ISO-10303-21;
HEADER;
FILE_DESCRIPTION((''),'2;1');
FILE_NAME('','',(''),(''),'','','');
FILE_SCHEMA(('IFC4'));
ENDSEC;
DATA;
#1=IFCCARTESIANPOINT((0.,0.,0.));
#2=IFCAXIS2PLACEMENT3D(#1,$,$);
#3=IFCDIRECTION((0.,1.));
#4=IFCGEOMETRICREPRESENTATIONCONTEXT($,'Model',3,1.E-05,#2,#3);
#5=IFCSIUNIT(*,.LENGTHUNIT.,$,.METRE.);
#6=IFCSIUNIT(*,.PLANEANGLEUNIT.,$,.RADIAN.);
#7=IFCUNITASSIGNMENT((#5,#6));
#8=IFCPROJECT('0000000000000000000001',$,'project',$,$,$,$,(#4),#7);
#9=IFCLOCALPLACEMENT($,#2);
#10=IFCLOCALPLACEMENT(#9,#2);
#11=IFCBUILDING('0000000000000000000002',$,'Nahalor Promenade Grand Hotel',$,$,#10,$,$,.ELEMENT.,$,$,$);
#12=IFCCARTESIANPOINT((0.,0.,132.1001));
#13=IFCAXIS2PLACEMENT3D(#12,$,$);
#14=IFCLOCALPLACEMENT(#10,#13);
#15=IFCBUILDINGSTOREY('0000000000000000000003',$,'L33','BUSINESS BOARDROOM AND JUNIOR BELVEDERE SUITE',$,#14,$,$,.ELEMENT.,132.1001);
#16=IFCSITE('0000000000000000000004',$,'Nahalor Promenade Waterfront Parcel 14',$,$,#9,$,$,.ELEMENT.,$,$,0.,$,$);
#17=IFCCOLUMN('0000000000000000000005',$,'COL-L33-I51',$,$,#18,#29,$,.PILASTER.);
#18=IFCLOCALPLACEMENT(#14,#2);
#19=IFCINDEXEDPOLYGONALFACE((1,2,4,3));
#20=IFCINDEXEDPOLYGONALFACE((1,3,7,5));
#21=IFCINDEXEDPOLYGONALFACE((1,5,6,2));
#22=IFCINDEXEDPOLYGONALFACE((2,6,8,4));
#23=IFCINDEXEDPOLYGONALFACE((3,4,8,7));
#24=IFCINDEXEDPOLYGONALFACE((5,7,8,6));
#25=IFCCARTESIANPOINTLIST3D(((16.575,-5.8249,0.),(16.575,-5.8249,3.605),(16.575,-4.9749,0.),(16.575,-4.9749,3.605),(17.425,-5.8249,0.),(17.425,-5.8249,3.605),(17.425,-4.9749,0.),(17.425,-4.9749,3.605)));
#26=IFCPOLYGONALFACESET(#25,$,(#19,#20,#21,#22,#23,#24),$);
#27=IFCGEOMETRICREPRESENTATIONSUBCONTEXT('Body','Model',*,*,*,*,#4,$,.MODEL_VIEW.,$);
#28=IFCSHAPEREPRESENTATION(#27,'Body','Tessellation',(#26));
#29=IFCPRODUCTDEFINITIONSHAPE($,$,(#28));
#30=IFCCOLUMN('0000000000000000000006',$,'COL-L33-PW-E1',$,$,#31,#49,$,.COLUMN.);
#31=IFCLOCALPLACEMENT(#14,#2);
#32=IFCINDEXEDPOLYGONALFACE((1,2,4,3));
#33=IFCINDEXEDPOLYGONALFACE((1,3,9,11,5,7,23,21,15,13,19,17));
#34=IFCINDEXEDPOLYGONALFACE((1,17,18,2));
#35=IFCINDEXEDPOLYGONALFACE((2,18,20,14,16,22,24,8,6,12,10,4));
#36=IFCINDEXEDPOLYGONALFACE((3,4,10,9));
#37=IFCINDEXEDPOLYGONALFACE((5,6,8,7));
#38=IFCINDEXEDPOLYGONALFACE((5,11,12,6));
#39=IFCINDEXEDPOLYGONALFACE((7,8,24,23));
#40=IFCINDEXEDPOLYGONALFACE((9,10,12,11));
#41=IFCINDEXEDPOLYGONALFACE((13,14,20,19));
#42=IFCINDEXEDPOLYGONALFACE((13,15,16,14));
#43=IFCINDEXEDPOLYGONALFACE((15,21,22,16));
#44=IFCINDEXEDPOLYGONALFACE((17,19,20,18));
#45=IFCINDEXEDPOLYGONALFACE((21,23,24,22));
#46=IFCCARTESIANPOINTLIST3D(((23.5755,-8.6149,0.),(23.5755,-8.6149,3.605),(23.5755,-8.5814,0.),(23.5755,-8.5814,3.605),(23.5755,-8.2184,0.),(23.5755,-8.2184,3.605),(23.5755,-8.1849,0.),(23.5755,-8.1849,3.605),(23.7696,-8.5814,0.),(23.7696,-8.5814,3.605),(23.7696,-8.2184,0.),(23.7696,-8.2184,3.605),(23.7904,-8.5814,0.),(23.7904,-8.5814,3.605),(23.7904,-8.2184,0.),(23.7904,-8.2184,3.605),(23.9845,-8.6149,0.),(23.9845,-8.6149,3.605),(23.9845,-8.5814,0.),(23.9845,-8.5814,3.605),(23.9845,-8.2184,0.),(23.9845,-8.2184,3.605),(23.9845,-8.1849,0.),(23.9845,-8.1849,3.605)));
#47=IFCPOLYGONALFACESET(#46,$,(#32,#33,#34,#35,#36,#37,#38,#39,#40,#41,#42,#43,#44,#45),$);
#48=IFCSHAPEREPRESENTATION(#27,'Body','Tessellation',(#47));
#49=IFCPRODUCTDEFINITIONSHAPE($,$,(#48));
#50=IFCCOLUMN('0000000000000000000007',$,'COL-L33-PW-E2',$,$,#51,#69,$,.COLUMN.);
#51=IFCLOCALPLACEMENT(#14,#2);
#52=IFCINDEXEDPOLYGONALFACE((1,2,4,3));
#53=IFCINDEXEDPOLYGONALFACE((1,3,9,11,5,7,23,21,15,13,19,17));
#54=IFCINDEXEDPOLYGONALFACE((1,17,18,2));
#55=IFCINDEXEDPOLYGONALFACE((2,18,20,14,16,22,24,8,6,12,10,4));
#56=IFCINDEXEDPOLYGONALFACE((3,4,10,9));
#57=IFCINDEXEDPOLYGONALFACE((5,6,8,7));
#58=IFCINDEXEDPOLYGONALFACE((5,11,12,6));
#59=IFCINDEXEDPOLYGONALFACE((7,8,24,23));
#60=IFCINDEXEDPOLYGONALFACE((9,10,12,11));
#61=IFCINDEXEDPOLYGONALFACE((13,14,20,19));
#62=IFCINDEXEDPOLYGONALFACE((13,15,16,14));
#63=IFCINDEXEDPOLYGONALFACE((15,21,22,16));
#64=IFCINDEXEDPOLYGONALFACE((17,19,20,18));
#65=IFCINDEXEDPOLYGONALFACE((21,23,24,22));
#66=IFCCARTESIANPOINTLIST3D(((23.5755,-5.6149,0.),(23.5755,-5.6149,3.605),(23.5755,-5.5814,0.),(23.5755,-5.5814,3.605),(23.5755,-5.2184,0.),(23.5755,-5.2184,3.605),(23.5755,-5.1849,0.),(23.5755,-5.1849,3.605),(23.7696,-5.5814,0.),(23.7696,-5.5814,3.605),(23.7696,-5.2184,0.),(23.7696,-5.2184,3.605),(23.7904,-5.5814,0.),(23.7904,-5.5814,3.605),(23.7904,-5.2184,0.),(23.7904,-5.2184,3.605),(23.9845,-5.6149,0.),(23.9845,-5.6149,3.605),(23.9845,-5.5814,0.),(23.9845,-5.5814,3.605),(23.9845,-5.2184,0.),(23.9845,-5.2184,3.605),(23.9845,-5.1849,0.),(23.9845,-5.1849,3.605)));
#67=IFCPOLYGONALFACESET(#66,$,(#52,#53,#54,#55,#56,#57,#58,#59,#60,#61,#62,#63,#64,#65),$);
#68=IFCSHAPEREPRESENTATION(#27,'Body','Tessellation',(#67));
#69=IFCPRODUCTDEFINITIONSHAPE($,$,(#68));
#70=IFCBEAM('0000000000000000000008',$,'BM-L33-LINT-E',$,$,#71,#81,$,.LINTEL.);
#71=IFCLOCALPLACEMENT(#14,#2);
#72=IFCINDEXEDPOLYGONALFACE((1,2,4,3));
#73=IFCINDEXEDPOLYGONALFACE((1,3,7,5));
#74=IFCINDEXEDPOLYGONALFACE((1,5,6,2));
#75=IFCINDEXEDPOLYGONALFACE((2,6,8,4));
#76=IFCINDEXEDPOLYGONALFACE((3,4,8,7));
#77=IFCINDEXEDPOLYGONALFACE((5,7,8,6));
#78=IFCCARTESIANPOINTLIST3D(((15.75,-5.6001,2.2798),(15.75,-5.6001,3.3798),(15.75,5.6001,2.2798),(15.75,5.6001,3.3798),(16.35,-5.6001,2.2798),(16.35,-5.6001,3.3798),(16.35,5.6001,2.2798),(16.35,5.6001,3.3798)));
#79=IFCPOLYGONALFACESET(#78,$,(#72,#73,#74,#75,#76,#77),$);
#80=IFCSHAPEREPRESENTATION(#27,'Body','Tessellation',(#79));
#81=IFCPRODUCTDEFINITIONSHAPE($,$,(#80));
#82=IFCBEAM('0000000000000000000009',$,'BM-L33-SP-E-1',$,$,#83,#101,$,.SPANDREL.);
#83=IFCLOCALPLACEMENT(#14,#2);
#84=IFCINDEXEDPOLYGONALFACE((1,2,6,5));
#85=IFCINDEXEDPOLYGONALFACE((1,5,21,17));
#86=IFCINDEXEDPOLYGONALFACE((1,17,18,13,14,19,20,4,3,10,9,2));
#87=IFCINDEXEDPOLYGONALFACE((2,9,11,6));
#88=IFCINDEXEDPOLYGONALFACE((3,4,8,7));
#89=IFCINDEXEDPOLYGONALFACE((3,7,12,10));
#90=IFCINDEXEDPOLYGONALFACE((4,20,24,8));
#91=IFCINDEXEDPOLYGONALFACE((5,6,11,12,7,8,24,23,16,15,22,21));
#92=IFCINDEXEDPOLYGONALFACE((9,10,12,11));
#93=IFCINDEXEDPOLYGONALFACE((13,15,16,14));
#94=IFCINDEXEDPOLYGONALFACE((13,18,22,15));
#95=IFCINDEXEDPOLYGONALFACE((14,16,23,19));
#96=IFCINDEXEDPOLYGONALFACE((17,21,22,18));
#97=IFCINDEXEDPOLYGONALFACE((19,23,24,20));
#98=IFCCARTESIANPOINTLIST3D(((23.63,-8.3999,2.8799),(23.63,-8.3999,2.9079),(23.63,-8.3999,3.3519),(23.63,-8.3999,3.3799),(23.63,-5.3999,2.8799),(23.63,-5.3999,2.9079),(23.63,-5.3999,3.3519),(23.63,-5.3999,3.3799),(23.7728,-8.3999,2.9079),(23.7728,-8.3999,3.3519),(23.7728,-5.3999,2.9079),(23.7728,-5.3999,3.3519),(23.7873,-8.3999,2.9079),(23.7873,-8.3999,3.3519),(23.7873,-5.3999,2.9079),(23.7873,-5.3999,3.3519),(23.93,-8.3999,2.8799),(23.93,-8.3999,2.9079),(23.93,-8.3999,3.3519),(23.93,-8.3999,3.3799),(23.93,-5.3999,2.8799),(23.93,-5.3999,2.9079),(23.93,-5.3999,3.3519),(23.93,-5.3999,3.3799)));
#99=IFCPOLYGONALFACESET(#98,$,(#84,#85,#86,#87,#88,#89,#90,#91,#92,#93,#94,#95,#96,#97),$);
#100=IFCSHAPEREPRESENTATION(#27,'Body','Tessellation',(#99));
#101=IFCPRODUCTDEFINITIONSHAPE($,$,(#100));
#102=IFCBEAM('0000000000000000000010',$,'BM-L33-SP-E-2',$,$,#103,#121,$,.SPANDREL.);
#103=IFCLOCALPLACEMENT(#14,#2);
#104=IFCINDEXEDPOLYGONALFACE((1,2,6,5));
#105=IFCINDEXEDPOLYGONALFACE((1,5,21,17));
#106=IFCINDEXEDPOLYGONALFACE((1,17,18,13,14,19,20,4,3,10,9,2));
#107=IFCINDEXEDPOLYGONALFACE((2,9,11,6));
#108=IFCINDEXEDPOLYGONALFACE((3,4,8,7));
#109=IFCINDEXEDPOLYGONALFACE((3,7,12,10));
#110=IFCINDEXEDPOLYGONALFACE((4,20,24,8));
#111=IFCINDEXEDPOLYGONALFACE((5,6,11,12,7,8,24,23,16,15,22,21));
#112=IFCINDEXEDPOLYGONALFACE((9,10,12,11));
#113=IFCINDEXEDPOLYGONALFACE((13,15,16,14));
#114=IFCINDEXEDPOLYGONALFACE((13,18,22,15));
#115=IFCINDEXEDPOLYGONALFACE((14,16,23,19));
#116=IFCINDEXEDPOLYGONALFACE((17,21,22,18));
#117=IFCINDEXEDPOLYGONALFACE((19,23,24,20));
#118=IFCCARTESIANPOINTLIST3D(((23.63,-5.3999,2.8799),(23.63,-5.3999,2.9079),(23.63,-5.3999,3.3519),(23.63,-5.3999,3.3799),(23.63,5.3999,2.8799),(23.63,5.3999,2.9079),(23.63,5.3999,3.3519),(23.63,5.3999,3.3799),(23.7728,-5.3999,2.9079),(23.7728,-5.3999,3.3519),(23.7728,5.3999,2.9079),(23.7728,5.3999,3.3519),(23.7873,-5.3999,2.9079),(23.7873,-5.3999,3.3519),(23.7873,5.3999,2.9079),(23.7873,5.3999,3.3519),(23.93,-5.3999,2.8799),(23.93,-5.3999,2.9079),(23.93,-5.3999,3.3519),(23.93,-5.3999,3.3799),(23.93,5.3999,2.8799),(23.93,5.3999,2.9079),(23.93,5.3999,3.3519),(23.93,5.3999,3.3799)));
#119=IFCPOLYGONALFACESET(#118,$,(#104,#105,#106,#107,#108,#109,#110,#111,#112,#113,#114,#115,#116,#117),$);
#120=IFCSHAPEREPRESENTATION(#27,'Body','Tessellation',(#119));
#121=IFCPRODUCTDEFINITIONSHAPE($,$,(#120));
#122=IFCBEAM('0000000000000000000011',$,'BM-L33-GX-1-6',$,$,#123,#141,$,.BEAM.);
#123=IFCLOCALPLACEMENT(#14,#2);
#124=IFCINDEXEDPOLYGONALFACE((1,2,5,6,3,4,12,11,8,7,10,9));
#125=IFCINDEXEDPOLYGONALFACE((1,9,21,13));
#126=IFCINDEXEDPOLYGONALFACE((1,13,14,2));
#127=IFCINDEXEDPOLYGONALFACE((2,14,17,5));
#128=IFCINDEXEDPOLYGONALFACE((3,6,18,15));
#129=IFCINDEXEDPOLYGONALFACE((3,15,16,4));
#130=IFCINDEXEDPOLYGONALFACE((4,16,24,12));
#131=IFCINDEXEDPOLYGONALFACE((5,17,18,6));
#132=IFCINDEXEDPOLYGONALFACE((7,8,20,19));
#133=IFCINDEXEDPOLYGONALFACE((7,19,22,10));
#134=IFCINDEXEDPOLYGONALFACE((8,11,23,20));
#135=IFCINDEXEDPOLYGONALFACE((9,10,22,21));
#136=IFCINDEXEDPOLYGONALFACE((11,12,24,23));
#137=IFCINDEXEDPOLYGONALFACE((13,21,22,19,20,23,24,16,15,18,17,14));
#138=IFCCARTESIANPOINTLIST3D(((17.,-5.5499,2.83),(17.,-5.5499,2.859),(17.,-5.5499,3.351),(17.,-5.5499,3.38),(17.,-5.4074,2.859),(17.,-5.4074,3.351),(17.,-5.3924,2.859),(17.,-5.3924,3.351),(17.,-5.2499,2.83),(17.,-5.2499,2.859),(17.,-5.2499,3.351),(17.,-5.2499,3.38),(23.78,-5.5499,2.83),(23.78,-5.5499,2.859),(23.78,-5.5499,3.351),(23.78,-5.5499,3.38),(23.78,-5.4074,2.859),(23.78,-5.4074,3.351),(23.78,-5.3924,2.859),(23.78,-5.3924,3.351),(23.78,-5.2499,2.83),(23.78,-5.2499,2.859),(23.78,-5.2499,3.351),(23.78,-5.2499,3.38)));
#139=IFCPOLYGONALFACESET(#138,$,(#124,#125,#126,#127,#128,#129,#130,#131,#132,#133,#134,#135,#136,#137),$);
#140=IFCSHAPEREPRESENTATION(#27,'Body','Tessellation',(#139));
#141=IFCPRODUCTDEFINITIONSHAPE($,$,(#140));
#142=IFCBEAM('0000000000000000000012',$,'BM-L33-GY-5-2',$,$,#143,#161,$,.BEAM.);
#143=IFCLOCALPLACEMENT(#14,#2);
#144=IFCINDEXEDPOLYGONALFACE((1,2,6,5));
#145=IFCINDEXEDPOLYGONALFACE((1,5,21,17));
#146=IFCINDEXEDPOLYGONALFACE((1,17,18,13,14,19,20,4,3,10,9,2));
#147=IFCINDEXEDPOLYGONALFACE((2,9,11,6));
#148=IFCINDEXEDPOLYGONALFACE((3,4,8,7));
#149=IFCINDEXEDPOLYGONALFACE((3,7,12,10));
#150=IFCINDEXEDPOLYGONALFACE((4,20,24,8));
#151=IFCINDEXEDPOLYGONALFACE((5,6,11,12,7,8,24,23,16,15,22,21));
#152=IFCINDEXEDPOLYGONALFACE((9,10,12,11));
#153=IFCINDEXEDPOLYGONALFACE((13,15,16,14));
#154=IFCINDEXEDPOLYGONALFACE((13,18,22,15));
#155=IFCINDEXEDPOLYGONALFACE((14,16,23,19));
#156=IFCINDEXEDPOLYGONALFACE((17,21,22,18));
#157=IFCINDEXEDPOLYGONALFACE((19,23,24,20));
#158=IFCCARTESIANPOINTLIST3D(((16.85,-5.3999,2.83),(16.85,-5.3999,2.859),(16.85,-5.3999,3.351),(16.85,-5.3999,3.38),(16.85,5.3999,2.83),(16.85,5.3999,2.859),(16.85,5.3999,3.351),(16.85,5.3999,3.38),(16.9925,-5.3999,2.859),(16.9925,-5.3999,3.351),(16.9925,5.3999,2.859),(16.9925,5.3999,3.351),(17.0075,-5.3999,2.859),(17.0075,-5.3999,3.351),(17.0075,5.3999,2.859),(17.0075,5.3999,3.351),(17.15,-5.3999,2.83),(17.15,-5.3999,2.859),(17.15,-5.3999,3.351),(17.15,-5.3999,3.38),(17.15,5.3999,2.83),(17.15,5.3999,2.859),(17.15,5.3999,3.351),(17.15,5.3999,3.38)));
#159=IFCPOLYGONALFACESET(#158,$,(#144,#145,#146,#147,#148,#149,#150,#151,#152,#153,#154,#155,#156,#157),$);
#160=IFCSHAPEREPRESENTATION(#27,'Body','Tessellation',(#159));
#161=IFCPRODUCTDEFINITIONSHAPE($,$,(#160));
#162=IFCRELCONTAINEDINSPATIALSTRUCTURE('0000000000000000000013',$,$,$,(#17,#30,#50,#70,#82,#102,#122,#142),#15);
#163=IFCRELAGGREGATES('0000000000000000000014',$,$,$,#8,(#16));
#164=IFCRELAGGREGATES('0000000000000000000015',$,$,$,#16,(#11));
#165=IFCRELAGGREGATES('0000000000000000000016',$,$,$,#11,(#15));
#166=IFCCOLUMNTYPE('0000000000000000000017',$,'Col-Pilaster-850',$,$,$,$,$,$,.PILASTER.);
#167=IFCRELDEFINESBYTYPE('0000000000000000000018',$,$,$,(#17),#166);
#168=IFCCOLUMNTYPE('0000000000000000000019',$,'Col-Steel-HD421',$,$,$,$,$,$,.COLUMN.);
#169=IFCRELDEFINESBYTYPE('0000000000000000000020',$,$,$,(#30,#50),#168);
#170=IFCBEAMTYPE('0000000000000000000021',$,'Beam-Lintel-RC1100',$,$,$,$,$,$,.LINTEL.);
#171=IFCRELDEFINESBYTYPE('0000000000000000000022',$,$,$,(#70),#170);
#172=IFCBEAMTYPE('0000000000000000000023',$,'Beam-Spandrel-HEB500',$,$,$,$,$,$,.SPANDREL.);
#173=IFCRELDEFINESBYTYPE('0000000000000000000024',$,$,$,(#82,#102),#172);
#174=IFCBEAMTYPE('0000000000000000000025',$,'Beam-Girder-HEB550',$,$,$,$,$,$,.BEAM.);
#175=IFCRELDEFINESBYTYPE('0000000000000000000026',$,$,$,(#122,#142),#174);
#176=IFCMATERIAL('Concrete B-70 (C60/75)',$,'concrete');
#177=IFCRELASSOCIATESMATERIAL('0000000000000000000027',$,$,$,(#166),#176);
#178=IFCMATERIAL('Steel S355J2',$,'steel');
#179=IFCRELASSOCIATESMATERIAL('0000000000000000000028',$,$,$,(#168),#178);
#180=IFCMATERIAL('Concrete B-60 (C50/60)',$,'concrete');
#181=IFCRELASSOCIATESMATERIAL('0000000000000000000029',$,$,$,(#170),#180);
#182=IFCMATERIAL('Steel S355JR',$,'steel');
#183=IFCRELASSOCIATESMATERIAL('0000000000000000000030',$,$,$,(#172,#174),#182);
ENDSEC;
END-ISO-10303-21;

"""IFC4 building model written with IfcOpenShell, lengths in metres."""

from ifc_helpers import new_model, si_unit, direction, frame, origin, origin_2d, place, context, subcontext, project, spatial, rectangle, i_section, extrude, source, transform, mapped, material, material_profile, profile_set, type_object, element, save


model = new_model("IFC4")

# Units and contexts
model_context = context("Model", 3, precision=1e-05, world=origin(), true_north=direction((0.0, 1.0)))
body_context = subcontext(model_context, "Body", "Model", "MODEL_VIEW")
ifc_project = project(units=[si_unit("LENGTHUNIT", "METRE"), si_unit("PLANEANGLEUNIT", "RADIAN")], contexts=[model_context])

# Site, building, storey
site_placement = place(None, origin())
site = spatial("IfcSite", under=ifc_project, at=site_placement, Name="Nahalor Promenade Waterfront Parcel 14", CompositionType="ELEMENT", RefElevation=0.0)
building_placement = place(site_placement, origin())
building = spatial("IfcBuilding", under=site, at=building_placement, Name="Nahalor Promenade Grand Hotel", CompositionType="ELEMENT")
storey_placement = place(building_placement, frame((0.0, 0.0, 132.1001)))
storey = spatial("IfcBuildingStorey", under=building, at=storey_placement, Name="L33", Description="BUSINESS BOARDROOM AND JUNIOR BELVEDERE SUITE", CompositionType="ELEMENT", Elevation=132.1001)

# Columns
ifc_material_1 = material(Name="Concrete B-70 (C60/75)", Category="concrete")
ifc_material_profile_1 = material_profile(ifc_material_1, rectangle(XDim=0.85, YDim=0.85, at=origin_2d()), Name="RC 850x850")
ifc_profile_set_1 = profile_set([ifc_material_profile_1], Name="Concrete B-70 (C60/75)")
column_type_1 = type_object("IfcColumnType", Name="Col-Pilaster-850", PredefinedType="PILASTER", material=ifc_profile_set_1)
shared_shape_1 = source(origin(), body_context, "Body", "SweptSolid", [
    extrude(rectangle(XDim=0.85, YDim=0.85, at=origin_2d()), origin(), (0.0, 0.0, 1.0), 3.605),
])
column_placement = place(storey_placement, frame((17.0, -5.3999, 0.0), z_axis=(0.0, 0.0, 1.0), x_axis=(1.0, 0.0, 0.0)))
element("IfcColumn", 1, at=column_placement, inside=storey, type_object=column_type_1, Name="COL-L33-I51", PredefinedType="PILASTER", context=body_context, shape_type="MappedRepresentation", body=[
    mapped(shared_shape_1, transform((0.0, 0.0, 0.0), scale=1.0)),
])
ifc_material_2 = material(Name="Steel S355J2", Category="steel")
ifc_material_profile_2 = material_profile(ifc_material_2, i_section(OverallWidth=0.409, OverallDepth=0.43, WebThickness=0.0208, FlangeThickness=0.0335, at=origin_2d()), Name="HD 400x421")
ifc_profile_set_2 = profile_set([ifc_material_profile_2], Name="Steel S355J2")
column_type_2 = type_object("IfcColumnType", Name="Col-Steel-HD421", PredefinedType="COLUMN", material=ifc_profile_set_2)
shared_shape_2 = source(origin(), body_context, "Body", "SweptSolid", [
    extrude(i_section(OverallWidth=0.409, OverallDepth=0.43, WebThickness=0.0208, FlangeThickness=0.0335, at=origin_2d()), origin(), (0.0, 0.0, 1.0), 3.605),
])
for number, where, z_axis, x_axis, name in (
    (2, (23.78, -8.3999, 0.0), (0.0, 0.0, 1.0), (1.0, 0.0, 0.0), "COL-L33-PW-E1"),
    (3, (23.78, -5.3999, 0.0), (0.0, 0.0, 1.0), (1.0, 0.0, 0.0), "COL-L33-PW-E2"),
):
    element("IfcColumn", number, at=place(storey_placement, frame(where, z_axis=z_axis, x_axis=x_axis)), inside=storey, type_object=column_type_2, Name=name, PredefinedType="COLUMN", context=body_context, shape_type="MappedRepresentation", body=[
        mapped(shared_shape_2, transform((0.0, 0.0, 0.0), scale=1.0)),
    ])

# Beams
ifc_material_3 = material(Name="Concrete B-60 (C50/60)", Category="concrete")
ifc_material_profile_3 = material_profile(ifc_material_3, rectangle(XDim=0.6, YDim=1.1, at=origin_2d()), Name="RC 600x1100")
ifc_profile_set_3 = profile_set([ifc_material_profile_3], Name="Concrete B-60 (C50/60)")
beam_type_1 = type_object("IfcBeamType", Name="Beam-Lintel-RC1100", PredefinedType="LINTEL", material=ifc_profile_set_3)
shared_shape_3 = source(origin(), body_context, "Body", "SweptSolid", [
    extrude(rectangle(XDim=0.6, YDim=1.1, at=origin_2d()), origin(), (0.0, 0.0, 1.0), 11.2002),
])
beam_1_placement = place(storey_placement, frame((16.05, -5.6001, 2.8298), z_axis=(0.0, 1.0, 0.0), x_axis=(-1.0, 0.0, 0.0)))
element("IfcBeam", 4, at=beam_1_placement, inside=storey, type_object=beam_type_1, Name="BM-L33-LINT-E", PredefinedType="LINTEL", context=body_context, shape_type="MappedRepresentation", body=[
    mapped(shared_shape_3, transform((0.0, 0.0, 0.0), scale=1.0)),
])
ifc_material_4 = material(Name="Steel S355JR", Category="steel")
ifc_material_profile_4 = material_profile(ifc_material_4, i_section(OverallWidth=0.3, OverallDepth=0.5, WebThickness=0.0145, FlangeThickness=0.028, at=origin_2d()), Name="HEB 500")
ifc_profile_set_4 = profile_set([ifc_material_profile_4], Name="Steel S355JR")
beam_type_2 = type_object("IfcBeamType", Name="Beam-Spandrel-HEB500", PredefinedType="SPANDREL", material=ifc_profile_set_4)
shared_shape_4 = source(origin(), body_context, "Body", "SweptSolid", [
    extrude(i_section(OverallWidth=0.3, OverallDepth=0.5, WebThickness=0.0145, FlangeThickness=0.028, at=origin_2d()), origin(), (0.0, 0.0, 1.0), 3.0),
])
beam_2_placement = place(storey_placement, frame((23.78, -8.3999, 3.1299), z_axis=(0.0, 1.0, 0.0), x_axis=(-1.0, 0.0, 0.0)))
element("IfcBeam", 5, at=beam_2_placement, inside=storey, type_object=beam_type_2, Name="BM-L33-SP-E-1", PredefinedType="SPANDREL", context=body_context, shape_type="MappedRepresentation", body=[
    mapped(shared_shape_4, transform((0.0, 0.0, 0.0), scale=1.0)),
])
shared_shape_5 = source(origin(), body_context, "Body", "SweptSolid", [
    extrude(i_section(OverallWidth=0.3, OverallDepth=0.5, WebThickness=0.0145, FlangeThickness=0.028, at=origin_2d()), origin(), (0.0, 0.0, 1.0), 10.7998),
])
beam_3_placement = place(storey_placement, frame((23.78, -5.3999, 3.1299), z_axis=(0.0, 1.0, 0.0), x_axis=(-1.0, 0.0, 0.0)))
element("IfcBeam", 6, at=beam_3_placement, inside=storey, type_object=beam_type_2, Name="BM-L33-SP-E-2", PredefinedType="SPANDREL", context=body_context, shape_type="MappedRepresentation", body=[
    mapped(shared_shape_5, transform((0.0, 0.0, 0.0), scale=1.0)),
])
ifc_material_profile_5 = material_profile(ifc_material_4, i_section(OverallWidth=0.3, OverallDepth=0.55, WebThickness=0.015, FlangeThickness=0.029, at=origin_2d()), Name="HEB 550")
ifc_profile_set_5 = profile_set([ifc_material_profile_5], Name="Steel S355JR")
beam_type_3 = type_object("IfcBeamType", Name="Beam-Girder-HEB550", PredefinedType="BEAM", material=ifc_profile_set_5)
shared_shape_6 = source(origin(), body_context, "Body", "SweptSolid", [
    extrude(i_section(OverallWidth=0.3, OverallDepth=0.55, WebThickness=0.015, FlangeThickness=0.029, at=origin_2d()), origin(), (0.0, 0.0, 1.0), 6.78),
])
beam_4_placement = place(storey_placement, frame((17.0, -5.3999, 3.105), z_axis=(1.0, 0.0, 0.0), x_axis=(0.0, 1.0, 0.0)))
element("IfcBeam", 7, at=beam_4_placement, inside=storey, type_object=beam_type_3, Name="BM-L33-GX-1-6", PredefinedType="BEAM", context=body_context, shape_type="MappedRepresentation", body=[
    mapped(shared_shape_6, transform((0.0, 0.0, 0.0), scale=1.0)),
])
shared_shape_7 = source(origin(), body_context, "Body", "SweptSolid", [
    extrude(i_section(OverallWidth=0.3, OverallDepth=0.55, WebThickness=0.015, FlangeThickness=0.029, at=origin_2d()), origin(), (0.0, 0.0, 1.0), 10.7998),
])
beam_5_placement = place(storey_placement, frame((17.0, -5.3999, 3.105), z_axis=(0.0, 1.0, 0.0), x_axis=(-1.0, 0.0, 0.0)))
element("IfcBeam", 8, at=beam_5_placement, inside=storey, type_object=beam_type_3, Name="BM-L33-GY-5-2", PredefinedType="BEAM", context=body_context, shape_type="MappedRepresentation", body=[
    mapped(shared_shape_7, transform((0.0, 0.0, 0.0), scale=1.0)),
])

save(model, "model.ifc")
